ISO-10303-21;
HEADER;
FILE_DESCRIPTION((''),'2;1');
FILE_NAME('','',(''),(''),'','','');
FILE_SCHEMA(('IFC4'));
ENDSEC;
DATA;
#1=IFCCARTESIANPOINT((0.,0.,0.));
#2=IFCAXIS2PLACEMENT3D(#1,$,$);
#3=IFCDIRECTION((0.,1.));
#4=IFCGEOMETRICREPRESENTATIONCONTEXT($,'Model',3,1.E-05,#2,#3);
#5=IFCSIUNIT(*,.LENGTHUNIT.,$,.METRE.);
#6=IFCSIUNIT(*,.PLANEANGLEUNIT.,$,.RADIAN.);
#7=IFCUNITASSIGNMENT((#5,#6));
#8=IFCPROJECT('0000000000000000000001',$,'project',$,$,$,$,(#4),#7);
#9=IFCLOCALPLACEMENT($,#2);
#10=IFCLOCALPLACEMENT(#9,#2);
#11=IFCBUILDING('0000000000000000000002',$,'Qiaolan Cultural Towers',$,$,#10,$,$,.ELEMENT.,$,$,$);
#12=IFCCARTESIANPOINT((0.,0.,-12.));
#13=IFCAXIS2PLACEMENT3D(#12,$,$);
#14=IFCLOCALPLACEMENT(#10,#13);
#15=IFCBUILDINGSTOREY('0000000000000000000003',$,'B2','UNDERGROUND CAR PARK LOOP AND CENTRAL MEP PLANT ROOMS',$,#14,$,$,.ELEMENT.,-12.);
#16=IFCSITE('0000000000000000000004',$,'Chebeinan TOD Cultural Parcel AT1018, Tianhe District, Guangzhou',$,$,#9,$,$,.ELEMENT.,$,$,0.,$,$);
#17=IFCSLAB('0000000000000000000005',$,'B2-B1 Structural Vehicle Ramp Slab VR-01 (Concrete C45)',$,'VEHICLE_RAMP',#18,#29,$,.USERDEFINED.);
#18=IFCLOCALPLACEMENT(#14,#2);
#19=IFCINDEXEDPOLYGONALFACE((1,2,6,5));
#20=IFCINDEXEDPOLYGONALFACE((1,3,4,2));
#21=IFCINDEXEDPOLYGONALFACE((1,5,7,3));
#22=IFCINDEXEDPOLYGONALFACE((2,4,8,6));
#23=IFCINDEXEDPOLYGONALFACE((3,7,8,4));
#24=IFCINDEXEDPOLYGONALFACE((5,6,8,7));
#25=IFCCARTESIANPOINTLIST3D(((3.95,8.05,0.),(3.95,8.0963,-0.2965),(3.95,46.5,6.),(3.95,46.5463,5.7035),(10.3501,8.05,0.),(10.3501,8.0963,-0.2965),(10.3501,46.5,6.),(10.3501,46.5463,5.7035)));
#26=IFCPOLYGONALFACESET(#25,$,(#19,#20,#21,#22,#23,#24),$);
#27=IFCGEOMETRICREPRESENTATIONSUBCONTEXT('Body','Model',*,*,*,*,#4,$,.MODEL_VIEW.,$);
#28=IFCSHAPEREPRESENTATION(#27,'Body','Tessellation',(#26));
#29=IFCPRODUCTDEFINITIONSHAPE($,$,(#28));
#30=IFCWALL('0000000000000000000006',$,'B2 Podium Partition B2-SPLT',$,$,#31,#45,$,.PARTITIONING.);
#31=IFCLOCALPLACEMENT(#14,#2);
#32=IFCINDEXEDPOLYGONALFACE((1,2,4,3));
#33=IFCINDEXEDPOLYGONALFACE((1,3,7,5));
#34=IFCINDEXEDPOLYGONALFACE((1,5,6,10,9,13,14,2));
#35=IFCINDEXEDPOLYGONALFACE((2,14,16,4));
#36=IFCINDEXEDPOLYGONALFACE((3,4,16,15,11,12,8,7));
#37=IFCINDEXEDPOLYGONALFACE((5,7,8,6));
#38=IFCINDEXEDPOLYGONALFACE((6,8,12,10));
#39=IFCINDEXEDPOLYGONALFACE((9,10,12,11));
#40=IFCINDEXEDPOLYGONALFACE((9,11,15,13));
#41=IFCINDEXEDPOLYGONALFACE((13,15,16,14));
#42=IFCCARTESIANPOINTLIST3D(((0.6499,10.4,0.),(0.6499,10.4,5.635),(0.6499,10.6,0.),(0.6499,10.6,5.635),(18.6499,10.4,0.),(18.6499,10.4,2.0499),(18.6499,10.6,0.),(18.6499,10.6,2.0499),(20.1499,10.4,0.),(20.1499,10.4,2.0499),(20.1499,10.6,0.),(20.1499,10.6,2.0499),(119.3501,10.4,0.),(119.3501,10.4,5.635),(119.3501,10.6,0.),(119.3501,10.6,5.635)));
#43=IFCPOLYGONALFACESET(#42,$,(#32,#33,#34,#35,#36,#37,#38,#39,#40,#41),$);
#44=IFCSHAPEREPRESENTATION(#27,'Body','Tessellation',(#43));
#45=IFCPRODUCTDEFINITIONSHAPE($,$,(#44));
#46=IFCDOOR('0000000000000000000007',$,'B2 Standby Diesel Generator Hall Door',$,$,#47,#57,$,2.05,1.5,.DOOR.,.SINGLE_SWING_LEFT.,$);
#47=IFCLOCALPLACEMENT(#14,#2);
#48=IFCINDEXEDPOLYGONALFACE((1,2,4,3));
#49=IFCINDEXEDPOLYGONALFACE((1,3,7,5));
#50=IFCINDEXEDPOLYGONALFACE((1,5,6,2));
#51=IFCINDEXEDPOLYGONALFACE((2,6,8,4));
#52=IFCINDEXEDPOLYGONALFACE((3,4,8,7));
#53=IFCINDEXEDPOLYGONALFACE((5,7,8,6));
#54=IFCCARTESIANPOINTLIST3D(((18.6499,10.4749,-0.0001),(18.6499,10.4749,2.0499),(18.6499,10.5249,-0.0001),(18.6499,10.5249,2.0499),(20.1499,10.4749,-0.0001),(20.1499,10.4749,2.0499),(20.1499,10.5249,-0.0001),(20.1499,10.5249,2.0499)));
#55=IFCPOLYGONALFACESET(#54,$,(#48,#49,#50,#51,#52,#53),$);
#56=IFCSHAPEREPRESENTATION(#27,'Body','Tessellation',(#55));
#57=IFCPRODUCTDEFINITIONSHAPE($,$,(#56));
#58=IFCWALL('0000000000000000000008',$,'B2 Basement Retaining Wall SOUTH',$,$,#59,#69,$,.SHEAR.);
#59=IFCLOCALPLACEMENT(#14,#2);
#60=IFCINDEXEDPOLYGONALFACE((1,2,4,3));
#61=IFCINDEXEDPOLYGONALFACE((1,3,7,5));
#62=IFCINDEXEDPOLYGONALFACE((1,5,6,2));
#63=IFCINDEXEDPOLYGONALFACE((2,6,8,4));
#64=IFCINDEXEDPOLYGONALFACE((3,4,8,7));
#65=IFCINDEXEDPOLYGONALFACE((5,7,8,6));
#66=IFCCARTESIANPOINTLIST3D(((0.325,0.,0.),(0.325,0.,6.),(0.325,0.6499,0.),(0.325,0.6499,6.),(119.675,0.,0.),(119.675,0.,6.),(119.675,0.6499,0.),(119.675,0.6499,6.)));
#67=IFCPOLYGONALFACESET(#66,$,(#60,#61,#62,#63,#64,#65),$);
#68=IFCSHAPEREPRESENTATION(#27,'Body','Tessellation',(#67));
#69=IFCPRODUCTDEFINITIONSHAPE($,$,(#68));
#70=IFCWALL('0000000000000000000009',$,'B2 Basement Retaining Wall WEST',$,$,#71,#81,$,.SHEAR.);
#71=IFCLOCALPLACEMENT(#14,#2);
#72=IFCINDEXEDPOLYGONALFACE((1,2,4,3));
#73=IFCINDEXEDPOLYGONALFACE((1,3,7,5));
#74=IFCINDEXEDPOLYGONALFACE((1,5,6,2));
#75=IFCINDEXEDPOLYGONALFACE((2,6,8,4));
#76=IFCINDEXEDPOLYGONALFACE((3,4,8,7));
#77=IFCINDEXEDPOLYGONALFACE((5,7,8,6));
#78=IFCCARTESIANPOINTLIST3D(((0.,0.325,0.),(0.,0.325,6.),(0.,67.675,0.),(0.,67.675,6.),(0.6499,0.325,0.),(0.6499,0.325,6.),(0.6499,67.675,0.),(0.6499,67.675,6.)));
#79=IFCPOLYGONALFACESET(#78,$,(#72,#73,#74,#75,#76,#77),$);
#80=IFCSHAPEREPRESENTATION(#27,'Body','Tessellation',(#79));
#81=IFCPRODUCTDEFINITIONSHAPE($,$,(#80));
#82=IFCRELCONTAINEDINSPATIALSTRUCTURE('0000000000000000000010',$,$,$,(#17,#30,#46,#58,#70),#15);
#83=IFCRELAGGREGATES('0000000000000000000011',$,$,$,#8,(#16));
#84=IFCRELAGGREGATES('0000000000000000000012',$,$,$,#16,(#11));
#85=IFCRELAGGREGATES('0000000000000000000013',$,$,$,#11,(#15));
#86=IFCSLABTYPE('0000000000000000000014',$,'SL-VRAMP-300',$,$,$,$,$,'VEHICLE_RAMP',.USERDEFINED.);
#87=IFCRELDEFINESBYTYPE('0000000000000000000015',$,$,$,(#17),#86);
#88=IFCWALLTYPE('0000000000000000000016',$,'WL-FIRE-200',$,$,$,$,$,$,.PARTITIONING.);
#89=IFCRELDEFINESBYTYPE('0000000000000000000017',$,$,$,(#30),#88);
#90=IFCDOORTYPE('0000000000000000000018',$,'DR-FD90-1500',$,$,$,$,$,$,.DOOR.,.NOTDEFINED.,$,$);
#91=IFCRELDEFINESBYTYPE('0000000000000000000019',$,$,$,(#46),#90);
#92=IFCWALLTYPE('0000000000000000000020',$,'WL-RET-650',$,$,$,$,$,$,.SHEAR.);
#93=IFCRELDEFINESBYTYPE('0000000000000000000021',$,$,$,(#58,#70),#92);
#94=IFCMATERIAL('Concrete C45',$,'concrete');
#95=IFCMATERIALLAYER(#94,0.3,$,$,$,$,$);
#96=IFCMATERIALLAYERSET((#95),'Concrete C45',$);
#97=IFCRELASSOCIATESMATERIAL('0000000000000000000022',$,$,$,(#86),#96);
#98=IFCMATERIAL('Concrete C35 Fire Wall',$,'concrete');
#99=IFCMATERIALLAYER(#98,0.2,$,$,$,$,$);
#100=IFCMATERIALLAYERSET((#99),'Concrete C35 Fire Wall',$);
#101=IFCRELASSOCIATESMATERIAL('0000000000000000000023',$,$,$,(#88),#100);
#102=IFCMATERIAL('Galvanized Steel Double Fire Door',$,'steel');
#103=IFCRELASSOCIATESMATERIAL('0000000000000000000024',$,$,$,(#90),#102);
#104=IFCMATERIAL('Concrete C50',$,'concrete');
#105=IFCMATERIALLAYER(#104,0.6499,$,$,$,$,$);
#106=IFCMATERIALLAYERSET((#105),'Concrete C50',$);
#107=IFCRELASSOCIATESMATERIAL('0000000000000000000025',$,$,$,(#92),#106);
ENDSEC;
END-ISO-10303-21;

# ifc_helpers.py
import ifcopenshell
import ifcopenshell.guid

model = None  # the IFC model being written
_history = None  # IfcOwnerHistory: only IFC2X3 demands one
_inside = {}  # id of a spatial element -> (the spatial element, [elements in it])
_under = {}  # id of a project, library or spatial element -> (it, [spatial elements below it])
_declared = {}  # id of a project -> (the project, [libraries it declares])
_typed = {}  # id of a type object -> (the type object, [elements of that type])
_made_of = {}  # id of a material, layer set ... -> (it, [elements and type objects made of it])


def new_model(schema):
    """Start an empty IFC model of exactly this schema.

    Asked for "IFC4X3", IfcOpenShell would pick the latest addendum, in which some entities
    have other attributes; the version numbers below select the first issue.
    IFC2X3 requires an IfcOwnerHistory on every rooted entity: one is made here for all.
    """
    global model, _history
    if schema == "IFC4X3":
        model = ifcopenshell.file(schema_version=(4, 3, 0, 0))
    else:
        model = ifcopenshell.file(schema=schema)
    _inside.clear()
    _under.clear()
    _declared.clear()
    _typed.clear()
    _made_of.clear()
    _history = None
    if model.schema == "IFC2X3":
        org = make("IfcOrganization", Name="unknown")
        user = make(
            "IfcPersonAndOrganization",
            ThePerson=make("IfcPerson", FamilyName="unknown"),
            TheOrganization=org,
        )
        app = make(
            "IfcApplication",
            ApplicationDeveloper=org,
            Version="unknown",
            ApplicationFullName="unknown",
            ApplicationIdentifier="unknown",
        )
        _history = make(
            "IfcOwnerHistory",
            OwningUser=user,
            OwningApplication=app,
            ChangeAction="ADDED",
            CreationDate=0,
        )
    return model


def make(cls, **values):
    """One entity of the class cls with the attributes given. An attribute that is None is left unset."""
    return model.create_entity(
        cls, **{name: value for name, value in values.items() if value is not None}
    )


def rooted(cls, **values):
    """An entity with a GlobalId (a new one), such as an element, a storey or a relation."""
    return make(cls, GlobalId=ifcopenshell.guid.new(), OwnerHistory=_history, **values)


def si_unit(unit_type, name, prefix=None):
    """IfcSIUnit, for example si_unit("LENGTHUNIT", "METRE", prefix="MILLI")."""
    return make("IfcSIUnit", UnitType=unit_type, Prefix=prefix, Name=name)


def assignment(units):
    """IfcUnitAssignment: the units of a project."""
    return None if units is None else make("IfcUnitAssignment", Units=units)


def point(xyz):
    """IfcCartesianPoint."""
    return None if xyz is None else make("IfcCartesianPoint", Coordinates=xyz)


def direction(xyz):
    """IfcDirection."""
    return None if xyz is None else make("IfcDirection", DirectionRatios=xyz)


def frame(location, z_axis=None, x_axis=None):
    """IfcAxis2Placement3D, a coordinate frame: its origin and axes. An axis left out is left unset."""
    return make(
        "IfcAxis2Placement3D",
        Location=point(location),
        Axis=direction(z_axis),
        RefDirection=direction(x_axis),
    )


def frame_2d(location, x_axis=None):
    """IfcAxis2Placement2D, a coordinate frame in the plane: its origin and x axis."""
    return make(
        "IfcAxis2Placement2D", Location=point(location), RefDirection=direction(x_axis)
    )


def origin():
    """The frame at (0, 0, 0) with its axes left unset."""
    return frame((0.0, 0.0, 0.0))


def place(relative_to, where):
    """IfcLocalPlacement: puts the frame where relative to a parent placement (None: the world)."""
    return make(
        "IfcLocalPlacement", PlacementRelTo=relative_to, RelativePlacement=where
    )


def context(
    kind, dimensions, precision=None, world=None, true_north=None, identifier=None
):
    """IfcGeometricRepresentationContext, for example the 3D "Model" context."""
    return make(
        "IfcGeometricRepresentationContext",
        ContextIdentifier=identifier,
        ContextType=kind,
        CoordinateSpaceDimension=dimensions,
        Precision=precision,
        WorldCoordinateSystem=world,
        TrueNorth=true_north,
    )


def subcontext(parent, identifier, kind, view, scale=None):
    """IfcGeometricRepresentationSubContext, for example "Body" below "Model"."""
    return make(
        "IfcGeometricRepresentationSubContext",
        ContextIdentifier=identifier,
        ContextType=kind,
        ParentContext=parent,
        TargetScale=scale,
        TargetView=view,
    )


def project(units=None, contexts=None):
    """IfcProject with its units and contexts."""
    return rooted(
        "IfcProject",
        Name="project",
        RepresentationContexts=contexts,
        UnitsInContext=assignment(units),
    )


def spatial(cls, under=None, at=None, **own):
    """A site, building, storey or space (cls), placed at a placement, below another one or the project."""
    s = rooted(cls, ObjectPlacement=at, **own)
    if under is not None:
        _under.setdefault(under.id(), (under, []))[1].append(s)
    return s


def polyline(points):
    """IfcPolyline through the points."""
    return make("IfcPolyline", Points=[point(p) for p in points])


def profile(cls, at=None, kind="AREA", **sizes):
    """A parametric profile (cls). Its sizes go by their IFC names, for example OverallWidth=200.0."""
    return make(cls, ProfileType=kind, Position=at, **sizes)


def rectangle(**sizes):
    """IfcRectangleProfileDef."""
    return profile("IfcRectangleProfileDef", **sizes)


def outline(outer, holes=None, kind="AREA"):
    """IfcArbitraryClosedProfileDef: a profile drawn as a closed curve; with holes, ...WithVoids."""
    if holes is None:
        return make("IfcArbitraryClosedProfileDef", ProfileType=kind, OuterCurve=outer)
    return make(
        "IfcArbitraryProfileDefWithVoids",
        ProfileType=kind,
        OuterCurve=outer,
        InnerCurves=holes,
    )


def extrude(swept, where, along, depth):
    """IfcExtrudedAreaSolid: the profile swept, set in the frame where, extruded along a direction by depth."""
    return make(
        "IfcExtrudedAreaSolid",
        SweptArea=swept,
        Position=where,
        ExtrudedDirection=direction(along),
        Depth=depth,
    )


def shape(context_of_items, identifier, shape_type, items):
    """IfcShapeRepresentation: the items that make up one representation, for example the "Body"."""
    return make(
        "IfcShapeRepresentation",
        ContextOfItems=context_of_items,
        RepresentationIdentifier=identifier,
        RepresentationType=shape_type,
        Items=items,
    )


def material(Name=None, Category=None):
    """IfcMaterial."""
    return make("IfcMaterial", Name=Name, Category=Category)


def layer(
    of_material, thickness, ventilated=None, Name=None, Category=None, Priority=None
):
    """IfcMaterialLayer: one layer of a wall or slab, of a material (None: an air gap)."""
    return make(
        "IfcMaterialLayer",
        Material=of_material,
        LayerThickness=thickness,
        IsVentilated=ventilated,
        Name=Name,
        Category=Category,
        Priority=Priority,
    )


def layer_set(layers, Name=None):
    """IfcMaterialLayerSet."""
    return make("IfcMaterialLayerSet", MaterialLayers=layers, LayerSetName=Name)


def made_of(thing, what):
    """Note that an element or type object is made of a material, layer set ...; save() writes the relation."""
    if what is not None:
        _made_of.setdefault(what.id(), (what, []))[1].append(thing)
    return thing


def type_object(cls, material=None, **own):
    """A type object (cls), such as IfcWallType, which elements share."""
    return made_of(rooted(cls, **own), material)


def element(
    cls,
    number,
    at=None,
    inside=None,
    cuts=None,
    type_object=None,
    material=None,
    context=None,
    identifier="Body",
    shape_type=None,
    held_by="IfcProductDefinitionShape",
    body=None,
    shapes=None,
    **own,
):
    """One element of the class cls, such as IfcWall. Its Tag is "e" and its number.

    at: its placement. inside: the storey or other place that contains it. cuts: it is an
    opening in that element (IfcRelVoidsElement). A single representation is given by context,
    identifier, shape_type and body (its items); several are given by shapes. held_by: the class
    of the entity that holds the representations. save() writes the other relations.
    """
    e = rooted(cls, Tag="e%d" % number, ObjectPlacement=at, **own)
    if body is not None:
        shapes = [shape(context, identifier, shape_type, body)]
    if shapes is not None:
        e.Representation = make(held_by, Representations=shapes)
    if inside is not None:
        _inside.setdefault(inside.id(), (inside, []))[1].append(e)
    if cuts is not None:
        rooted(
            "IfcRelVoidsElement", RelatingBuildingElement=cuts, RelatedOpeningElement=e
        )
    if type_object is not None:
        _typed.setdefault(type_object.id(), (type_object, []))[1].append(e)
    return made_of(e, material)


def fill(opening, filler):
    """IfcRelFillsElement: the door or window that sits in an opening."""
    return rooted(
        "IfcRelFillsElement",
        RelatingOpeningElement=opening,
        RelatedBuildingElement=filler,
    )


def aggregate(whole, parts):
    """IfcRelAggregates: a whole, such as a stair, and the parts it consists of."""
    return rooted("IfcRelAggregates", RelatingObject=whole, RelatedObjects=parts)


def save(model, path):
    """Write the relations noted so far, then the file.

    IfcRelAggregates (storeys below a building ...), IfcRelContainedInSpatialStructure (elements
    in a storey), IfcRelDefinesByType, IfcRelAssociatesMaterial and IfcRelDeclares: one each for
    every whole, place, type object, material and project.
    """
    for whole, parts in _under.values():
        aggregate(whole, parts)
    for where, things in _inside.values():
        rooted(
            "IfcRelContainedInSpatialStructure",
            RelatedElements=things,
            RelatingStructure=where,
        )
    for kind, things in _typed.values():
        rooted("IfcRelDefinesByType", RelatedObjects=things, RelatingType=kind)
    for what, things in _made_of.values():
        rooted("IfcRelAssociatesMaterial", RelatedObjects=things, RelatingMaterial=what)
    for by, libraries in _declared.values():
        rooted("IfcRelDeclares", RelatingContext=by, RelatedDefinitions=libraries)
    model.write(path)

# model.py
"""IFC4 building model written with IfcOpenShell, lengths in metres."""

from ifc_helpers import new_model, si_unit, direction, frame, frame_2d, origin, place, context, subcontext, project, spatial, polyline, rectangle, outline, extrude, material, layer, layer_set, type_object, element, fill, save


model = new_model("IFC4")

# Units and contexts
model_context = context("Model", 3, precision=1e-05, world=origin(), true_north=direction((0.0, 1.0)))
body_context = subcontext(model_context, "Body", "Model", "MODEL_VIEW")
ifc_project = project(units=[si_unit("LENGTHUNIT", "METRE"), si_unit("PLANEANGLEUNIT", "RADIAN")], contexts=[model_context])

# Site, building, storey
site_placement = place(None, origin())
site = spatial("IfcSite", under=ifc_project, at=site_placement, Name="Chebeinan TOD Cultural Parcel AT1018, Tianhe District, Guangzhou", CompositionType="ELEMENT", RefElevation=0.0)
building_placement = place(site_placement, origin())
building = spatial("IfcBuilding", under=site, at=building_placement, Name="Qiaolan Cultural Towers", CompositionType="ELEMENT")
storey_placement = place(building_placement, frame((0.0, 0.0, -12.0)))
storey = spatial("IfcBuildingStorey", under=building, at=storey_placement, Name="B2", Description="UNDERGROUND CAR PARK LOOP AND CENTRAL MEP PLANT ROOMS", CompositionType="ELEMENT", Elevation=-12.0)

# Slab
ifc_material_1 = material(Name="Concrete C45", Category="concrete")
ifc_layer_1 = layer(ifc_material_1, 0.3)
ifc_layer_set_1 = layer_set([ifc_layer_1], Name="Concrete C45")
slab_type_1 = type_object("IfcSlabType", Name="SL-VRAMP-300", ElementType="VEHICLE_RAMP", PredefinedType="USERDEFINED", material=ifc_layer_set_1)
slab_1_placement = place(storey_placement, frame((3.95, 8.05, 0.0), z_axis=(0.0, -0.154181, 0.988043), x_axis=(1.0, 0.0, 0.0)))
element("IfcSlab", 1, at=slab_1_placement, inside=storey, type_object=slab_type_1, Name="B2-B1 Structural Vehicle Ramp Slab VR-01 (Concrete C45)", ObjectType="VEHICLE_RAMP", PredefinedType="USERDEFINED", context=body_context, shape_type="SweptSolid", body=[
    extrude(outline(polyline([(0.0, 0.0), (6.4001, 0.0), (6.4001, 38.9153), (0.0, 38.9153), (0.0, 0.0)])), origin(), (0.0, 0.0, -1.0), 0.3),
])

# Wall, opening, door
ifc_material_2 = material(Name="Concrete C35 Fire Wall", Category="concrete")
ifc_layer_2 = layer(ifc_material_2, 0.2)
ifc_layer_set_2 = layer_set([ifc_layer_2], Name="Concrete C35 Fire Wall")
wall_type_1 = type_object("IfcWallType", Name="WL-FIRE-200", PredefinedType="PARTITIONING", material=ifc_layer_set_2)
wall_1_placement = place(storey_placement, frame((0.6499, 10.5, 0.0), z_axis=(0.0, 0.0, 1.0), x_axis=(1.0, 0.0, 0.0)))
wall_1 = element("IfcWall", 2, at=wall_1_placement, inside=storey, type_object=wall_type_1, Name="B2 Podium Partition B2-SPLT", PredefinedType="PARTITIONING", context=body_context, shape_type="SweptSolid", body=[
    extrude(rectangle(XDim=118.7002, YDim=0.2, at=frame_2d((59.3501, 0.0))), origin(), (0.0, 0.0, 1.0), 5.635),
])
opening_placement = place(wall_1_placement, frame((18.0, 0.0, 0.0)))
opening = element("IfcOpeningElement", 3, at=opening_placement, cuts=wall_1, PredefinedType="OPENING", context=body_context, shape_type="SweptSolid", body=[
    extrude(rectangle(XDim=1.5, YDim=2.05, at=frame_2d((0.75, 1.0249))), frame((0.0, 0.1099, 0.0), z_axis=(0.0, -1.0, 0.0), x_axis=(1.0, 0.0, 0.0)), (0.0, 0.0, 1.0), 0.22),
])
ifc_material_3 = material(Name="Galvanized Steel Double Fire Door", Category="steel")
door_type = type_object("IfcDoorType", Name="DR-FD90-1500", OperationType="NOTDEFINED", PredefinedType="DOOR", material=ifc_material_3)
door_placement = place(opening_placement, origin())
door = element("IfcDoor", 4, at=door_placement, inside=storey, type_object=door_type, Name="B2 Standby Diesel Generator Hall Door", OperationType="SINGLE_SWING_LEFT", OverallHeight=2.05, OverallWidth=1.5, PredefinedType="DOOR", context=body_context, shape_type="SweptSolid", body=[
    extrude(rectangle(XDim=1.5, YDim=2.05, at=frame_2d((0.75, 1.0249))), frame((0.0, 0.0249, 0.0), z_axis=(0.0, -1.0, 0.0), x_axis=(1.0, 0.0, 0.0)), (0.0, 0.0, 1.0), 0.05),
])
fill(opening, door)

# Walls
ifc_material_4 = material(Name="Concrete C50", Category="concrete")
ifc_layer_3 = layer(ifc_material_4, 0.6499)
ifc_layer_set_3 = layer_set([ifc_layer_3], Name="Concrete C50")
wall_type_2 = type_object("IfcWallType", Name="WL-RET-650", PredefinedType="SHEAR", material=ifc_layer_set_3)
wall_2_placement = place(storey_placement, frame((0.325, 0.325, 0.0), z_axis=(0.0, 0.0, 1.0), x_axis=(1.0, 0.0, 0.0)))
element("IfcWall", 5, at=wall_2_placement, inside=storey, type_object=wall_type_2, Name="B2 Basement Retaining Wall SOUTH", PredefinedType="SHEAR", context=body_context, shape_type="SweptSolid", body=[
    extrude(rectangle(XDim=119.3501, YDim=0.6499, at=frame_2d((59.675, 0.0))), origin(), (0.0, 0.0, 1.0), 6.0),
])
wall_3_placement = place(storey_placement, frame((0.325, 0.325, 0.0), z_axis=(0.0, 0.0, 1.0), x_axis=(0.0, 1.0, 0.0)))
element("IfcWall", 6, at=wall_3_placement, inside=storey, type_object=wall_type_2, Name="B2 Basement Retaining Wall WEST", PredefinedType="SHEAR", context=body_context, shape_type="SweptSolid", body=[
    extrude(rectangle(XDim=67.3501, YDim=0.6499, at=frame_2d((33.675, 0.0))), origin(), (0.0, 0.0, 1.0), 6.0),
])

save(model, "model.ifc")
